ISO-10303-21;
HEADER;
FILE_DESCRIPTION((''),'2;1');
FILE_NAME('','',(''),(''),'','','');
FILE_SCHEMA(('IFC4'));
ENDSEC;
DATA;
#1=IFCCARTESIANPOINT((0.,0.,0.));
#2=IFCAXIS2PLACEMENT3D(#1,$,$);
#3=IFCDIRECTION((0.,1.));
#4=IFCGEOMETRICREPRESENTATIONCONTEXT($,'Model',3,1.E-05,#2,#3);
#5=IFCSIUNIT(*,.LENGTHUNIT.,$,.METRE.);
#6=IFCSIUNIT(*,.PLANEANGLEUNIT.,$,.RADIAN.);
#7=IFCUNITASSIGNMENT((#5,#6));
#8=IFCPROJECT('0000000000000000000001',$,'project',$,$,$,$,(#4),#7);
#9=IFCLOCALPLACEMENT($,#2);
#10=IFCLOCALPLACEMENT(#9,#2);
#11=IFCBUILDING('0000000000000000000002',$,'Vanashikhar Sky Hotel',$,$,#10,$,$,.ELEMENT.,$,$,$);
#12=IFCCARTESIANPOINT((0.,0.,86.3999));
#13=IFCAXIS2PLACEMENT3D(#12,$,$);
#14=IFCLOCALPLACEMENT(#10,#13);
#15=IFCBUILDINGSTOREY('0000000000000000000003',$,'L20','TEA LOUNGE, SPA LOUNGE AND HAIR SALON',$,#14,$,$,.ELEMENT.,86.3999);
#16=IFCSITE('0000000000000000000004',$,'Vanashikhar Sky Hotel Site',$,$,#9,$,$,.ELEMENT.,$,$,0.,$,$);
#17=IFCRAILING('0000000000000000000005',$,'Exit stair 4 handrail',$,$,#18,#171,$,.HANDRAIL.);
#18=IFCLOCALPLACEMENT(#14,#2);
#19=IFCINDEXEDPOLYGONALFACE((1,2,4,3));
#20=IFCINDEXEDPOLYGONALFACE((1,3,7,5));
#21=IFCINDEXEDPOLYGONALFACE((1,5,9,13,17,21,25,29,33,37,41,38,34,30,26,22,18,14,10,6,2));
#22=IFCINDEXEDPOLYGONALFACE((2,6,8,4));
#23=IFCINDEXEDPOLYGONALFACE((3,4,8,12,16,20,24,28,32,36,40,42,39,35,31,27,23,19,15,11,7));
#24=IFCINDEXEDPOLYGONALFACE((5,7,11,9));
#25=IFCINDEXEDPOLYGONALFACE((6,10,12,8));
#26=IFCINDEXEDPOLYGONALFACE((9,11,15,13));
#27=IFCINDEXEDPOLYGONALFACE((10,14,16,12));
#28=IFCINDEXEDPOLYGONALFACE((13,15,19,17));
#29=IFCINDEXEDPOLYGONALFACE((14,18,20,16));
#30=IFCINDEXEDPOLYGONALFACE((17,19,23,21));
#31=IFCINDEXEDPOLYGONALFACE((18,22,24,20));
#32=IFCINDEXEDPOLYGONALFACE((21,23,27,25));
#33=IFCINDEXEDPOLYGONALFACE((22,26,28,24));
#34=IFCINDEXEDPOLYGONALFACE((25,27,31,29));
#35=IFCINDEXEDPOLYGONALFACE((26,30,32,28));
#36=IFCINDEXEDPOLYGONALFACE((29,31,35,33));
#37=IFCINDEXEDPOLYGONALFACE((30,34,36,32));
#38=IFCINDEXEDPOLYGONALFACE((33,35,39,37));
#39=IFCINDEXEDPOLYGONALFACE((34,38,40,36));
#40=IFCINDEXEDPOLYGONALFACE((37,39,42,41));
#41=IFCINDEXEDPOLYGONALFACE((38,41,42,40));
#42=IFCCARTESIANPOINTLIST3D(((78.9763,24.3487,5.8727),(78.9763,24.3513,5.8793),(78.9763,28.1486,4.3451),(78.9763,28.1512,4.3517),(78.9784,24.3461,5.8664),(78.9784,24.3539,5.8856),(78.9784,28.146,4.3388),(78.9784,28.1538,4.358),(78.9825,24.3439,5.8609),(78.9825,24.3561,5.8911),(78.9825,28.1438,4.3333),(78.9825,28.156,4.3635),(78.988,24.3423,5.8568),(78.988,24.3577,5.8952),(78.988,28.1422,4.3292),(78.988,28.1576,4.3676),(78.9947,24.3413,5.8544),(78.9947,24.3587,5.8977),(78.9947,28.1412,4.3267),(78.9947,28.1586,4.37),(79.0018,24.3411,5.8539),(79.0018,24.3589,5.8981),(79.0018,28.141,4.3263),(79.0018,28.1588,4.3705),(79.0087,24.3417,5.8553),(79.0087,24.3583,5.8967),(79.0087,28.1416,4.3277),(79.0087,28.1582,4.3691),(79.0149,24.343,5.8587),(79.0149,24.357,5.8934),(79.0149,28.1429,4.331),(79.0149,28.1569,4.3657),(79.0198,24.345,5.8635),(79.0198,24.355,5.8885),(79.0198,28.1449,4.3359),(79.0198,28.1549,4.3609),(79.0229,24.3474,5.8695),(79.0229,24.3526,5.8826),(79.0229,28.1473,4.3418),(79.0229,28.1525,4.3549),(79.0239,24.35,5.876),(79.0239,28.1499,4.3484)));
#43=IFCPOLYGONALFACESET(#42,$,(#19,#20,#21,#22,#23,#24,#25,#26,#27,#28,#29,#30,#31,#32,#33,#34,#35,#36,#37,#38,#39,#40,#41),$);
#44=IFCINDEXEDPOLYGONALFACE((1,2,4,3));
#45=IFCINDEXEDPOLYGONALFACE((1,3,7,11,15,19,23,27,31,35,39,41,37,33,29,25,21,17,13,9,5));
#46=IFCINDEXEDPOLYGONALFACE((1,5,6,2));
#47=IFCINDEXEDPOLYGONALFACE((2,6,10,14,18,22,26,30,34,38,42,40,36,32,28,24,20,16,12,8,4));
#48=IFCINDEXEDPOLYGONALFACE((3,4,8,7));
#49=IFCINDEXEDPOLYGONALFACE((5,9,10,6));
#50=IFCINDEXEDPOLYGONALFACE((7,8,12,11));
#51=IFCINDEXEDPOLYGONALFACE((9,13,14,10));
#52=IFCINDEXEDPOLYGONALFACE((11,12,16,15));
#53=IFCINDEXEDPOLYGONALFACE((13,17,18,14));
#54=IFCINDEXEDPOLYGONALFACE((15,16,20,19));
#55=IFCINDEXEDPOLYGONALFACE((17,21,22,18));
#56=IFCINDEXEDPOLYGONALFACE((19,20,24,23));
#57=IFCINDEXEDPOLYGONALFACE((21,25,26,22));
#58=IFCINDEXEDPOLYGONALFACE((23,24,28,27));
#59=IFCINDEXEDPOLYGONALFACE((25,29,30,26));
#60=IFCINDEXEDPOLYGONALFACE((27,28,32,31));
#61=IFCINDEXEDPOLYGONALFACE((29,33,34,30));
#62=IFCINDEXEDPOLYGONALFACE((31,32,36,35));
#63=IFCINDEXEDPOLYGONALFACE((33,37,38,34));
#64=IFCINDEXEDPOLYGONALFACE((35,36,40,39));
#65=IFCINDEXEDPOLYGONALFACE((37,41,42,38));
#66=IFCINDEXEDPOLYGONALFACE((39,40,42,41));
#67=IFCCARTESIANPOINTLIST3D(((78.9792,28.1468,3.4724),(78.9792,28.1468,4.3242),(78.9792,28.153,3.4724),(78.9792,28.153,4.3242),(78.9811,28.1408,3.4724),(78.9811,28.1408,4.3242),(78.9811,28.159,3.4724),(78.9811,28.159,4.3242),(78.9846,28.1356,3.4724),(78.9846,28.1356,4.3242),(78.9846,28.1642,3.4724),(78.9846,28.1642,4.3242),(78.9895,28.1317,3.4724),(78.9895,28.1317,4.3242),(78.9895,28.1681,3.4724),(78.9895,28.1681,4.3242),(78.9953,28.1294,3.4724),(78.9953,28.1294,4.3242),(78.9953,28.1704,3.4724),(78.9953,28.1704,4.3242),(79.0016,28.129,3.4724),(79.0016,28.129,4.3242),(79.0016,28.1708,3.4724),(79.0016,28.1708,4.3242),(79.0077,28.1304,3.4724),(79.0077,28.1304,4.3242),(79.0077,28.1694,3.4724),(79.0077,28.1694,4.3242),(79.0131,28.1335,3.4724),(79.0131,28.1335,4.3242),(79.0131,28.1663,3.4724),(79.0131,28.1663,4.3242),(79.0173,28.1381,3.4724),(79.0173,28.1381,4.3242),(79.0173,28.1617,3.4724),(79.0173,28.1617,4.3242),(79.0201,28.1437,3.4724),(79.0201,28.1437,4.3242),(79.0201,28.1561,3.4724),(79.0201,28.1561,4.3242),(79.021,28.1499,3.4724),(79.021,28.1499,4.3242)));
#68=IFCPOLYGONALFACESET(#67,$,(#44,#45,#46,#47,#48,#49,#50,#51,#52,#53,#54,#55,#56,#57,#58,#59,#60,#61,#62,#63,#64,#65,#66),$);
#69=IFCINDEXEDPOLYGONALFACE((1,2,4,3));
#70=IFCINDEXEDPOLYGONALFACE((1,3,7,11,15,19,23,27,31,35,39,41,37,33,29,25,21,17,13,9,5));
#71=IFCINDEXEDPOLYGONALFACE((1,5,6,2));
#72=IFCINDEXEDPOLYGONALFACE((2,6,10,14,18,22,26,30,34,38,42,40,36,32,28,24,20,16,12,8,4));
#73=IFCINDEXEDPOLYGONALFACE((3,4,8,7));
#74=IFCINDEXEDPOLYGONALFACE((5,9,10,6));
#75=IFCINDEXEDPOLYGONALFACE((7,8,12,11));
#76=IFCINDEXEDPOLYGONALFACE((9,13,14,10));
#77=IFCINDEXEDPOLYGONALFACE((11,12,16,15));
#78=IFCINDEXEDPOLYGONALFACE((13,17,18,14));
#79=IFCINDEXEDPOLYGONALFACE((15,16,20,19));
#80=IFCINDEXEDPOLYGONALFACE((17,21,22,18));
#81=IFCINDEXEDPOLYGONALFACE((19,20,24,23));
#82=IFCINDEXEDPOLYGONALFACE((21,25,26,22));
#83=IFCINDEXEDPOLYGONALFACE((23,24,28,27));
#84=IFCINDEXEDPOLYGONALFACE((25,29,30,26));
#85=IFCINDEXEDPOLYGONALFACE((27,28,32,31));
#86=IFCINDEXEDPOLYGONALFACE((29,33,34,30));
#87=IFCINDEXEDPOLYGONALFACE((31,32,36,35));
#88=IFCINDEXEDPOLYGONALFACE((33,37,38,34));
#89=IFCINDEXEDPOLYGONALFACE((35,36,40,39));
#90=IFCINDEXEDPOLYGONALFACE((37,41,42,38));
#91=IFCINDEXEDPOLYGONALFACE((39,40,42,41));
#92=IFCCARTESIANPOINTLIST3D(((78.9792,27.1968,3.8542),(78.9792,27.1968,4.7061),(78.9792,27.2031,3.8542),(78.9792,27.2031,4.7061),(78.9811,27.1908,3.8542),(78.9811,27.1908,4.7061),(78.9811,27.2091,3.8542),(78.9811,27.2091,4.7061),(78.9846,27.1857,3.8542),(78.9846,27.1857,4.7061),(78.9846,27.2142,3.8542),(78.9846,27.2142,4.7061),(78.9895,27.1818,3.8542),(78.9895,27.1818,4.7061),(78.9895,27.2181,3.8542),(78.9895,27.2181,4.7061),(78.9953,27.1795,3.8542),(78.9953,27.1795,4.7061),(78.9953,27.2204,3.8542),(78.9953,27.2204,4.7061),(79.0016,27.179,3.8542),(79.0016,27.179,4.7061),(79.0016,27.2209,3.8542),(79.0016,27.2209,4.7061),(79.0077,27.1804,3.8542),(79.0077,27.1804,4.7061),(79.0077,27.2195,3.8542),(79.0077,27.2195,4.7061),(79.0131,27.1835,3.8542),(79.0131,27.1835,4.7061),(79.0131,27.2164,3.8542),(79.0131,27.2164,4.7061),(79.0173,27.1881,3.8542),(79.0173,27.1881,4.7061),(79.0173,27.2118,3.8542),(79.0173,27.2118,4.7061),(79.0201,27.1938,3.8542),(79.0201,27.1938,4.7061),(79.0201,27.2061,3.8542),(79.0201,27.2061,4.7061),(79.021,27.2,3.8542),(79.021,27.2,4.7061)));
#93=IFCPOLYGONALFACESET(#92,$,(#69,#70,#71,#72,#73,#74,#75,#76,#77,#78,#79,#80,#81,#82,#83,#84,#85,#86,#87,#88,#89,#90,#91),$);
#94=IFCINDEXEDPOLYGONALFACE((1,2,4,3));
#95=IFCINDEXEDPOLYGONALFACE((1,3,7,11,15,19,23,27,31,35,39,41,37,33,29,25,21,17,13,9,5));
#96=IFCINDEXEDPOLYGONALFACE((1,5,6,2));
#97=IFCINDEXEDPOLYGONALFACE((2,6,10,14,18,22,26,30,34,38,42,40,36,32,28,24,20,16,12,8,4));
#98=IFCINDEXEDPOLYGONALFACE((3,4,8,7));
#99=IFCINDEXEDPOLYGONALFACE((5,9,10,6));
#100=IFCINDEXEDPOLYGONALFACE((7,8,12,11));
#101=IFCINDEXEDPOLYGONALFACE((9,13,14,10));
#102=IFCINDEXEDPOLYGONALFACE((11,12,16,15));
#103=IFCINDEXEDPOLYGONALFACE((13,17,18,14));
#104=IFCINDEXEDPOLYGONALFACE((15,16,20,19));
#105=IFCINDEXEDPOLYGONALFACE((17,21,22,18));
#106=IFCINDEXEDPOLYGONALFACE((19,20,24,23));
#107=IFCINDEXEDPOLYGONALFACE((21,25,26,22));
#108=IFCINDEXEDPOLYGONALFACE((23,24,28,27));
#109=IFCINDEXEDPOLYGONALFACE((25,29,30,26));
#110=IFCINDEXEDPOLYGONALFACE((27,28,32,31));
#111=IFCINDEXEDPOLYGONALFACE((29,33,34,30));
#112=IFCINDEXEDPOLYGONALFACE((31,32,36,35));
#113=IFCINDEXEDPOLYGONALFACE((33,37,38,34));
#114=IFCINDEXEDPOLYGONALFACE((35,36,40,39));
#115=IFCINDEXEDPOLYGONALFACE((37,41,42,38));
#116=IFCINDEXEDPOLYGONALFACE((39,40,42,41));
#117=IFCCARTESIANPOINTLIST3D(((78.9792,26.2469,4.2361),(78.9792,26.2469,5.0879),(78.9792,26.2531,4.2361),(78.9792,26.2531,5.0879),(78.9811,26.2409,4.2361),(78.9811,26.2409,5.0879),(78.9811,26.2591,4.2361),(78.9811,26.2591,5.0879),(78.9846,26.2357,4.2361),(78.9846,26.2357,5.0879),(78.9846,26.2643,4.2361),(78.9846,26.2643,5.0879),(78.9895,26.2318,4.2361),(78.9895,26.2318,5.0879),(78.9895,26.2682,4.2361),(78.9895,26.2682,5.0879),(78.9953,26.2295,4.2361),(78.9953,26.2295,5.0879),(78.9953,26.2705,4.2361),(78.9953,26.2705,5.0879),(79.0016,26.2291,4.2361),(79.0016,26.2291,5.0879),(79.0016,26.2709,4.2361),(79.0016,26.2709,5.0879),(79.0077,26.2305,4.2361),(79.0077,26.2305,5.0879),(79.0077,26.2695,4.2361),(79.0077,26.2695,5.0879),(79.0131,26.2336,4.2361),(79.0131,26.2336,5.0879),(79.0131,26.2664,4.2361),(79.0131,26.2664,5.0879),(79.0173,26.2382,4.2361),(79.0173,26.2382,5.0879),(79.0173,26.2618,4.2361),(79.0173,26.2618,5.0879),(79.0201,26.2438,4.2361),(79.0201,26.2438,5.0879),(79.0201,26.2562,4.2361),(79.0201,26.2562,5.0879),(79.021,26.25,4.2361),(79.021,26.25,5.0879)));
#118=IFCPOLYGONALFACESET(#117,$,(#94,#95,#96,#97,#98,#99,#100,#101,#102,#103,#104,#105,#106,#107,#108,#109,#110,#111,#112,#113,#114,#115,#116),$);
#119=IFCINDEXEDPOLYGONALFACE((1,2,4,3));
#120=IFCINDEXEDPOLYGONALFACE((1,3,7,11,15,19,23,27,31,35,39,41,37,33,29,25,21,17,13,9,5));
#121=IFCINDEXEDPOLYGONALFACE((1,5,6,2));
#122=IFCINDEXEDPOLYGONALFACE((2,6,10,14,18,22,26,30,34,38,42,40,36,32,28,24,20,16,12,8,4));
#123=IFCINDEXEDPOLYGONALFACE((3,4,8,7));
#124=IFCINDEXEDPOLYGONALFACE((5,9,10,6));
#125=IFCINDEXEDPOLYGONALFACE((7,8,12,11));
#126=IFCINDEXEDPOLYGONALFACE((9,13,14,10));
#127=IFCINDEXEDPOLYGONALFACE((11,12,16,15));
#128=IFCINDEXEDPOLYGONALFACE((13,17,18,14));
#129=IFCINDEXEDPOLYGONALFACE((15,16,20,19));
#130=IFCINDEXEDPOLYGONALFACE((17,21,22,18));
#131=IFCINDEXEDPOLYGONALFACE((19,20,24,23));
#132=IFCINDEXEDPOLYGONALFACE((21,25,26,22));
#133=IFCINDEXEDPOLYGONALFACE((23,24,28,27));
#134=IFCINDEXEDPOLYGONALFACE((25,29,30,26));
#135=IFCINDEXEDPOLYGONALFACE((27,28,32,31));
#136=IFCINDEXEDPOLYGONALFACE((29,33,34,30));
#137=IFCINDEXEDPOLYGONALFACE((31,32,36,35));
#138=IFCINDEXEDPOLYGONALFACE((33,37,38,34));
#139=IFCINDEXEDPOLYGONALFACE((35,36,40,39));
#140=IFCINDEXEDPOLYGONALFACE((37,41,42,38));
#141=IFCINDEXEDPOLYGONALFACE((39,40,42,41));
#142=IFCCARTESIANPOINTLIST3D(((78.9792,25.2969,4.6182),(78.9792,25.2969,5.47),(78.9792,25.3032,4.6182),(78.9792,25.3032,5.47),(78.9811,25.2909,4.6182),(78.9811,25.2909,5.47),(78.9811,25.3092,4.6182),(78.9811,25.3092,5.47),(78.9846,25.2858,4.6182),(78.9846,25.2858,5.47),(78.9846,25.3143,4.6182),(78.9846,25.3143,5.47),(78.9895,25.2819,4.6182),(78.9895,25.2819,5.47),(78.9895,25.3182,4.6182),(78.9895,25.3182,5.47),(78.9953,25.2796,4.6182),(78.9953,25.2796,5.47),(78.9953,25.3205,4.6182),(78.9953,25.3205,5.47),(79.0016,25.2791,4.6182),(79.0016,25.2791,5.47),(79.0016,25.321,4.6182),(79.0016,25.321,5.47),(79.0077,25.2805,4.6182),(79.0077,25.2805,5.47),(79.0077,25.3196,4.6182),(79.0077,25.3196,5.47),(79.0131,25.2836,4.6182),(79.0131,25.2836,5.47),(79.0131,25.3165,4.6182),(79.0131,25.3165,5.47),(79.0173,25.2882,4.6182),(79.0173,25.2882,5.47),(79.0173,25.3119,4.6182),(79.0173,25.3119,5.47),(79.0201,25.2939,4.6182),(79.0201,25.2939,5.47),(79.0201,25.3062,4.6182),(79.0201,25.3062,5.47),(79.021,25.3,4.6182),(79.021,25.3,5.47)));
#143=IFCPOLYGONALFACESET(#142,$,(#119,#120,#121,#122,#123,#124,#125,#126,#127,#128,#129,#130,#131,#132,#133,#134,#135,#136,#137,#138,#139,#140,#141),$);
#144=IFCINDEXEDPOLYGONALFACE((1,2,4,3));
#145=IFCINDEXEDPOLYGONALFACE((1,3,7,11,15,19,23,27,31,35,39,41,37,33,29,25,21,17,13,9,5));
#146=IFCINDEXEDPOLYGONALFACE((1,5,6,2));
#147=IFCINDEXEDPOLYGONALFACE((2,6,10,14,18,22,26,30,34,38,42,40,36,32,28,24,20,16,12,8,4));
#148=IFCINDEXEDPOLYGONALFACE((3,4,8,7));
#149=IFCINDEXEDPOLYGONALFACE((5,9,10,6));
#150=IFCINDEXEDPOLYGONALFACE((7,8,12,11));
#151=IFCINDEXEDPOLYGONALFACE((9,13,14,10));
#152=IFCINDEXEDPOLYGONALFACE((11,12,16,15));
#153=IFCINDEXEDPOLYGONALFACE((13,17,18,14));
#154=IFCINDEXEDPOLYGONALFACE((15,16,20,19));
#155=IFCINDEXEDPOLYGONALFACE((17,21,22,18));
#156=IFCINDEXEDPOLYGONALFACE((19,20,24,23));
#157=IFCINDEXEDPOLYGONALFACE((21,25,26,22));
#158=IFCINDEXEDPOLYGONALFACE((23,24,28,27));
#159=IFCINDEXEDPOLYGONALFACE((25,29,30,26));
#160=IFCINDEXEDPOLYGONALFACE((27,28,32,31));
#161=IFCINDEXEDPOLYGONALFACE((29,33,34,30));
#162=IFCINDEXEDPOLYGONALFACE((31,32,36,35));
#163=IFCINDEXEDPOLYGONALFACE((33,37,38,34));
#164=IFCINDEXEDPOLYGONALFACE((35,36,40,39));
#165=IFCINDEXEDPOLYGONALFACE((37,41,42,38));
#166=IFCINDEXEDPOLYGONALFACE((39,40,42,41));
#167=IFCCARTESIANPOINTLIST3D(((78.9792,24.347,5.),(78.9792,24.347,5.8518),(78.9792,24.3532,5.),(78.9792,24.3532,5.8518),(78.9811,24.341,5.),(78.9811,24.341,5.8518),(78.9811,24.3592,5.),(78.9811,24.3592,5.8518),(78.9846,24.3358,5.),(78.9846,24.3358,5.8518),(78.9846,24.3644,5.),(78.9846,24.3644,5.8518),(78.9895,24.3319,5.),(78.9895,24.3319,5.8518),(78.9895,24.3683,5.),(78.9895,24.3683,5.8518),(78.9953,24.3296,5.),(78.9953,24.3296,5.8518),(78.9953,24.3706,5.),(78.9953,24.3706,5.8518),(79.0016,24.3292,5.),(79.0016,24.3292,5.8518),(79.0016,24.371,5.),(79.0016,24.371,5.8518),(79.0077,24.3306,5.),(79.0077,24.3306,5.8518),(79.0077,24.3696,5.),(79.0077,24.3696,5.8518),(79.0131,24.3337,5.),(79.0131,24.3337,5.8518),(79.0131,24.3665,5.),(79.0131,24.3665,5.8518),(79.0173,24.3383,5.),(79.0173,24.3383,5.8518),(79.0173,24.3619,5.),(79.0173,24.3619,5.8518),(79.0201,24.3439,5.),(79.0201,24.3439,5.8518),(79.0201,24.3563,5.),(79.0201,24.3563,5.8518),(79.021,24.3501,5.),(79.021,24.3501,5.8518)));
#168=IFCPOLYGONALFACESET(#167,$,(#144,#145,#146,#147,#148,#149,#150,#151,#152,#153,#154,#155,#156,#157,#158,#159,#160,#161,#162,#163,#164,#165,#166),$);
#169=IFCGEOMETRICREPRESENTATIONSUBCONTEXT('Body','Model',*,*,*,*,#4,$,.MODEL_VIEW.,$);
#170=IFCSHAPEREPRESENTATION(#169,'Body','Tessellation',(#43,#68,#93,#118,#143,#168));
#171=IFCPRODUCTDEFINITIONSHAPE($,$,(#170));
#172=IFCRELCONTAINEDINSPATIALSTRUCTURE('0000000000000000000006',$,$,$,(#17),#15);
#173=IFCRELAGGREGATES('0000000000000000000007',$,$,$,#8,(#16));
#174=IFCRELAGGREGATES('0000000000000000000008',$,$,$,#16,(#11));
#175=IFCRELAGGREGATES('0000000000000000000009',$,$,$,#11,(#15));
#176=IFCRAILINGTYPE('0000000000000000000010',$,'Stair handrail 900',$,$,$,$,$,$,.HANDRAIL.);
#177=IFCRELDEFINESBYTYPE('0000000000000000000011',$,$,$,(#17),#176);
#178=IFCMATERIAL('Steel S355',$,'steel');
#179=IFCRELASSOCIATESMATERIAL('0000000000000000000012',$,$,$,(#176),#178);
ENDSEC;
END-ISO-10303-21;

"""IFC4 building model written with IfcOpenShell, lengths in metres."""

from ifc_helpers import new_model, si_unit, direction, frame, origin, origin_2d, place, context, subcontext, project, spatial, circle, extrude, source, transform, mapped, material, type_object, element, save


model = new_model("IFC4")

# Units and contexts
model_context = context("Model", 3, precision=1e-05, world=origin(), true_north=direction((0.0, 1.0)))
body_context = subcontext(model_context, "Body", "Model", "MODEL_VIEW")
ifc_project = project(units=[si_unit("LENGTHUNIT", "METRE"), si_unit("PLANEANGLEUNIT", "RADIAN")], contexts=[model_context])

# Site, building, storey
site_placement = place(None, origin())
site = spatial("IfcSite", under=ifc_project, at=site_placement, Name="Vanashikhar Sky Hotel Site", CompositionType="ELEMENT", RefElevation=0.0)
building_placement = place(site_placement, origin())
building = spatial("IfcBuilding", under=site, at=building_placement, Name="Vanashikhar Sky Hotel", CompositionType="ELEMENT")
storey_placement = place(building_placement, frame((0.0, 0.0, 86.3999)))
storey = spatial("IfcBuildingStorey", under=building, at=storey_placement, Name="L20", Description="TEA LOUNGE, SPA LOUNGE AND HAIR SALON", CompositionType="ELEMENT", Elevation=86.3999)

# Railing
ifc_material_1 = material(Name="Steel S355", Category="steel")
railing_type_1 = type_object("IfcRailingType", Name="Stair handrail 900", PredefinedType="HANDRAIL", material=ifc_material_1)
shared_shape_1 = source(origin(), body_context, "Body", "SweptSolid", [
    extrude(circle(Radius=0.0239, at=origin_2d()), frame((0.0, 0.0, 0.876), z_axis=(0.0, -0.92783, 0.373004), x_axis=(1.0, 0.0, 0.0)), (0.0, 0.0, 1.0), 4.0955),
    extrude(circle(Radius=0.021, at=origin_2d()), origin(), (0.0, 0.0, 1.0), 0.8518),
    extrude(circle(Radius=0.021, at=origin_2d()), frame((0.0, -0.95, 0.3818)), (0.0, 0.0, 1.0), 0.8518),
    extrude(circle(Radius=0.021, at=origin_2d()), frame((0.0, -1.8999, 0.7637)), (0.0, 0.0, 1.0), 0.8518),
    extrude(circle(Radius=0.021, at=origin_2d()), frame((0.0, -2.8499, 1.1458)), (0.0, 0.0, 1.0), 0.8518),
    extrude(circle(Radius=0.021, at=origin_2d()), frame((0.0, -3.7998, 1.5276)), (0.0, 0.0, 1.0), 0.8518),
])
railing_1_placement = place(storey_placement, frame((79.0, 28.1499, 3.4724)))
element("IfcRailing", 1, at=railing_1_placement, inside=storey, type_object=railing_type_1, Name="Exit stair 4 handrail", PredefinedType="HANDRAIL", context=body_context, shape_type="MappedRepresentation", body=[
    mapped(shared_shape_1, transform((0.0, 0.0, 0.0), scale=1.0)),
])

save(model, "model.ifc")
